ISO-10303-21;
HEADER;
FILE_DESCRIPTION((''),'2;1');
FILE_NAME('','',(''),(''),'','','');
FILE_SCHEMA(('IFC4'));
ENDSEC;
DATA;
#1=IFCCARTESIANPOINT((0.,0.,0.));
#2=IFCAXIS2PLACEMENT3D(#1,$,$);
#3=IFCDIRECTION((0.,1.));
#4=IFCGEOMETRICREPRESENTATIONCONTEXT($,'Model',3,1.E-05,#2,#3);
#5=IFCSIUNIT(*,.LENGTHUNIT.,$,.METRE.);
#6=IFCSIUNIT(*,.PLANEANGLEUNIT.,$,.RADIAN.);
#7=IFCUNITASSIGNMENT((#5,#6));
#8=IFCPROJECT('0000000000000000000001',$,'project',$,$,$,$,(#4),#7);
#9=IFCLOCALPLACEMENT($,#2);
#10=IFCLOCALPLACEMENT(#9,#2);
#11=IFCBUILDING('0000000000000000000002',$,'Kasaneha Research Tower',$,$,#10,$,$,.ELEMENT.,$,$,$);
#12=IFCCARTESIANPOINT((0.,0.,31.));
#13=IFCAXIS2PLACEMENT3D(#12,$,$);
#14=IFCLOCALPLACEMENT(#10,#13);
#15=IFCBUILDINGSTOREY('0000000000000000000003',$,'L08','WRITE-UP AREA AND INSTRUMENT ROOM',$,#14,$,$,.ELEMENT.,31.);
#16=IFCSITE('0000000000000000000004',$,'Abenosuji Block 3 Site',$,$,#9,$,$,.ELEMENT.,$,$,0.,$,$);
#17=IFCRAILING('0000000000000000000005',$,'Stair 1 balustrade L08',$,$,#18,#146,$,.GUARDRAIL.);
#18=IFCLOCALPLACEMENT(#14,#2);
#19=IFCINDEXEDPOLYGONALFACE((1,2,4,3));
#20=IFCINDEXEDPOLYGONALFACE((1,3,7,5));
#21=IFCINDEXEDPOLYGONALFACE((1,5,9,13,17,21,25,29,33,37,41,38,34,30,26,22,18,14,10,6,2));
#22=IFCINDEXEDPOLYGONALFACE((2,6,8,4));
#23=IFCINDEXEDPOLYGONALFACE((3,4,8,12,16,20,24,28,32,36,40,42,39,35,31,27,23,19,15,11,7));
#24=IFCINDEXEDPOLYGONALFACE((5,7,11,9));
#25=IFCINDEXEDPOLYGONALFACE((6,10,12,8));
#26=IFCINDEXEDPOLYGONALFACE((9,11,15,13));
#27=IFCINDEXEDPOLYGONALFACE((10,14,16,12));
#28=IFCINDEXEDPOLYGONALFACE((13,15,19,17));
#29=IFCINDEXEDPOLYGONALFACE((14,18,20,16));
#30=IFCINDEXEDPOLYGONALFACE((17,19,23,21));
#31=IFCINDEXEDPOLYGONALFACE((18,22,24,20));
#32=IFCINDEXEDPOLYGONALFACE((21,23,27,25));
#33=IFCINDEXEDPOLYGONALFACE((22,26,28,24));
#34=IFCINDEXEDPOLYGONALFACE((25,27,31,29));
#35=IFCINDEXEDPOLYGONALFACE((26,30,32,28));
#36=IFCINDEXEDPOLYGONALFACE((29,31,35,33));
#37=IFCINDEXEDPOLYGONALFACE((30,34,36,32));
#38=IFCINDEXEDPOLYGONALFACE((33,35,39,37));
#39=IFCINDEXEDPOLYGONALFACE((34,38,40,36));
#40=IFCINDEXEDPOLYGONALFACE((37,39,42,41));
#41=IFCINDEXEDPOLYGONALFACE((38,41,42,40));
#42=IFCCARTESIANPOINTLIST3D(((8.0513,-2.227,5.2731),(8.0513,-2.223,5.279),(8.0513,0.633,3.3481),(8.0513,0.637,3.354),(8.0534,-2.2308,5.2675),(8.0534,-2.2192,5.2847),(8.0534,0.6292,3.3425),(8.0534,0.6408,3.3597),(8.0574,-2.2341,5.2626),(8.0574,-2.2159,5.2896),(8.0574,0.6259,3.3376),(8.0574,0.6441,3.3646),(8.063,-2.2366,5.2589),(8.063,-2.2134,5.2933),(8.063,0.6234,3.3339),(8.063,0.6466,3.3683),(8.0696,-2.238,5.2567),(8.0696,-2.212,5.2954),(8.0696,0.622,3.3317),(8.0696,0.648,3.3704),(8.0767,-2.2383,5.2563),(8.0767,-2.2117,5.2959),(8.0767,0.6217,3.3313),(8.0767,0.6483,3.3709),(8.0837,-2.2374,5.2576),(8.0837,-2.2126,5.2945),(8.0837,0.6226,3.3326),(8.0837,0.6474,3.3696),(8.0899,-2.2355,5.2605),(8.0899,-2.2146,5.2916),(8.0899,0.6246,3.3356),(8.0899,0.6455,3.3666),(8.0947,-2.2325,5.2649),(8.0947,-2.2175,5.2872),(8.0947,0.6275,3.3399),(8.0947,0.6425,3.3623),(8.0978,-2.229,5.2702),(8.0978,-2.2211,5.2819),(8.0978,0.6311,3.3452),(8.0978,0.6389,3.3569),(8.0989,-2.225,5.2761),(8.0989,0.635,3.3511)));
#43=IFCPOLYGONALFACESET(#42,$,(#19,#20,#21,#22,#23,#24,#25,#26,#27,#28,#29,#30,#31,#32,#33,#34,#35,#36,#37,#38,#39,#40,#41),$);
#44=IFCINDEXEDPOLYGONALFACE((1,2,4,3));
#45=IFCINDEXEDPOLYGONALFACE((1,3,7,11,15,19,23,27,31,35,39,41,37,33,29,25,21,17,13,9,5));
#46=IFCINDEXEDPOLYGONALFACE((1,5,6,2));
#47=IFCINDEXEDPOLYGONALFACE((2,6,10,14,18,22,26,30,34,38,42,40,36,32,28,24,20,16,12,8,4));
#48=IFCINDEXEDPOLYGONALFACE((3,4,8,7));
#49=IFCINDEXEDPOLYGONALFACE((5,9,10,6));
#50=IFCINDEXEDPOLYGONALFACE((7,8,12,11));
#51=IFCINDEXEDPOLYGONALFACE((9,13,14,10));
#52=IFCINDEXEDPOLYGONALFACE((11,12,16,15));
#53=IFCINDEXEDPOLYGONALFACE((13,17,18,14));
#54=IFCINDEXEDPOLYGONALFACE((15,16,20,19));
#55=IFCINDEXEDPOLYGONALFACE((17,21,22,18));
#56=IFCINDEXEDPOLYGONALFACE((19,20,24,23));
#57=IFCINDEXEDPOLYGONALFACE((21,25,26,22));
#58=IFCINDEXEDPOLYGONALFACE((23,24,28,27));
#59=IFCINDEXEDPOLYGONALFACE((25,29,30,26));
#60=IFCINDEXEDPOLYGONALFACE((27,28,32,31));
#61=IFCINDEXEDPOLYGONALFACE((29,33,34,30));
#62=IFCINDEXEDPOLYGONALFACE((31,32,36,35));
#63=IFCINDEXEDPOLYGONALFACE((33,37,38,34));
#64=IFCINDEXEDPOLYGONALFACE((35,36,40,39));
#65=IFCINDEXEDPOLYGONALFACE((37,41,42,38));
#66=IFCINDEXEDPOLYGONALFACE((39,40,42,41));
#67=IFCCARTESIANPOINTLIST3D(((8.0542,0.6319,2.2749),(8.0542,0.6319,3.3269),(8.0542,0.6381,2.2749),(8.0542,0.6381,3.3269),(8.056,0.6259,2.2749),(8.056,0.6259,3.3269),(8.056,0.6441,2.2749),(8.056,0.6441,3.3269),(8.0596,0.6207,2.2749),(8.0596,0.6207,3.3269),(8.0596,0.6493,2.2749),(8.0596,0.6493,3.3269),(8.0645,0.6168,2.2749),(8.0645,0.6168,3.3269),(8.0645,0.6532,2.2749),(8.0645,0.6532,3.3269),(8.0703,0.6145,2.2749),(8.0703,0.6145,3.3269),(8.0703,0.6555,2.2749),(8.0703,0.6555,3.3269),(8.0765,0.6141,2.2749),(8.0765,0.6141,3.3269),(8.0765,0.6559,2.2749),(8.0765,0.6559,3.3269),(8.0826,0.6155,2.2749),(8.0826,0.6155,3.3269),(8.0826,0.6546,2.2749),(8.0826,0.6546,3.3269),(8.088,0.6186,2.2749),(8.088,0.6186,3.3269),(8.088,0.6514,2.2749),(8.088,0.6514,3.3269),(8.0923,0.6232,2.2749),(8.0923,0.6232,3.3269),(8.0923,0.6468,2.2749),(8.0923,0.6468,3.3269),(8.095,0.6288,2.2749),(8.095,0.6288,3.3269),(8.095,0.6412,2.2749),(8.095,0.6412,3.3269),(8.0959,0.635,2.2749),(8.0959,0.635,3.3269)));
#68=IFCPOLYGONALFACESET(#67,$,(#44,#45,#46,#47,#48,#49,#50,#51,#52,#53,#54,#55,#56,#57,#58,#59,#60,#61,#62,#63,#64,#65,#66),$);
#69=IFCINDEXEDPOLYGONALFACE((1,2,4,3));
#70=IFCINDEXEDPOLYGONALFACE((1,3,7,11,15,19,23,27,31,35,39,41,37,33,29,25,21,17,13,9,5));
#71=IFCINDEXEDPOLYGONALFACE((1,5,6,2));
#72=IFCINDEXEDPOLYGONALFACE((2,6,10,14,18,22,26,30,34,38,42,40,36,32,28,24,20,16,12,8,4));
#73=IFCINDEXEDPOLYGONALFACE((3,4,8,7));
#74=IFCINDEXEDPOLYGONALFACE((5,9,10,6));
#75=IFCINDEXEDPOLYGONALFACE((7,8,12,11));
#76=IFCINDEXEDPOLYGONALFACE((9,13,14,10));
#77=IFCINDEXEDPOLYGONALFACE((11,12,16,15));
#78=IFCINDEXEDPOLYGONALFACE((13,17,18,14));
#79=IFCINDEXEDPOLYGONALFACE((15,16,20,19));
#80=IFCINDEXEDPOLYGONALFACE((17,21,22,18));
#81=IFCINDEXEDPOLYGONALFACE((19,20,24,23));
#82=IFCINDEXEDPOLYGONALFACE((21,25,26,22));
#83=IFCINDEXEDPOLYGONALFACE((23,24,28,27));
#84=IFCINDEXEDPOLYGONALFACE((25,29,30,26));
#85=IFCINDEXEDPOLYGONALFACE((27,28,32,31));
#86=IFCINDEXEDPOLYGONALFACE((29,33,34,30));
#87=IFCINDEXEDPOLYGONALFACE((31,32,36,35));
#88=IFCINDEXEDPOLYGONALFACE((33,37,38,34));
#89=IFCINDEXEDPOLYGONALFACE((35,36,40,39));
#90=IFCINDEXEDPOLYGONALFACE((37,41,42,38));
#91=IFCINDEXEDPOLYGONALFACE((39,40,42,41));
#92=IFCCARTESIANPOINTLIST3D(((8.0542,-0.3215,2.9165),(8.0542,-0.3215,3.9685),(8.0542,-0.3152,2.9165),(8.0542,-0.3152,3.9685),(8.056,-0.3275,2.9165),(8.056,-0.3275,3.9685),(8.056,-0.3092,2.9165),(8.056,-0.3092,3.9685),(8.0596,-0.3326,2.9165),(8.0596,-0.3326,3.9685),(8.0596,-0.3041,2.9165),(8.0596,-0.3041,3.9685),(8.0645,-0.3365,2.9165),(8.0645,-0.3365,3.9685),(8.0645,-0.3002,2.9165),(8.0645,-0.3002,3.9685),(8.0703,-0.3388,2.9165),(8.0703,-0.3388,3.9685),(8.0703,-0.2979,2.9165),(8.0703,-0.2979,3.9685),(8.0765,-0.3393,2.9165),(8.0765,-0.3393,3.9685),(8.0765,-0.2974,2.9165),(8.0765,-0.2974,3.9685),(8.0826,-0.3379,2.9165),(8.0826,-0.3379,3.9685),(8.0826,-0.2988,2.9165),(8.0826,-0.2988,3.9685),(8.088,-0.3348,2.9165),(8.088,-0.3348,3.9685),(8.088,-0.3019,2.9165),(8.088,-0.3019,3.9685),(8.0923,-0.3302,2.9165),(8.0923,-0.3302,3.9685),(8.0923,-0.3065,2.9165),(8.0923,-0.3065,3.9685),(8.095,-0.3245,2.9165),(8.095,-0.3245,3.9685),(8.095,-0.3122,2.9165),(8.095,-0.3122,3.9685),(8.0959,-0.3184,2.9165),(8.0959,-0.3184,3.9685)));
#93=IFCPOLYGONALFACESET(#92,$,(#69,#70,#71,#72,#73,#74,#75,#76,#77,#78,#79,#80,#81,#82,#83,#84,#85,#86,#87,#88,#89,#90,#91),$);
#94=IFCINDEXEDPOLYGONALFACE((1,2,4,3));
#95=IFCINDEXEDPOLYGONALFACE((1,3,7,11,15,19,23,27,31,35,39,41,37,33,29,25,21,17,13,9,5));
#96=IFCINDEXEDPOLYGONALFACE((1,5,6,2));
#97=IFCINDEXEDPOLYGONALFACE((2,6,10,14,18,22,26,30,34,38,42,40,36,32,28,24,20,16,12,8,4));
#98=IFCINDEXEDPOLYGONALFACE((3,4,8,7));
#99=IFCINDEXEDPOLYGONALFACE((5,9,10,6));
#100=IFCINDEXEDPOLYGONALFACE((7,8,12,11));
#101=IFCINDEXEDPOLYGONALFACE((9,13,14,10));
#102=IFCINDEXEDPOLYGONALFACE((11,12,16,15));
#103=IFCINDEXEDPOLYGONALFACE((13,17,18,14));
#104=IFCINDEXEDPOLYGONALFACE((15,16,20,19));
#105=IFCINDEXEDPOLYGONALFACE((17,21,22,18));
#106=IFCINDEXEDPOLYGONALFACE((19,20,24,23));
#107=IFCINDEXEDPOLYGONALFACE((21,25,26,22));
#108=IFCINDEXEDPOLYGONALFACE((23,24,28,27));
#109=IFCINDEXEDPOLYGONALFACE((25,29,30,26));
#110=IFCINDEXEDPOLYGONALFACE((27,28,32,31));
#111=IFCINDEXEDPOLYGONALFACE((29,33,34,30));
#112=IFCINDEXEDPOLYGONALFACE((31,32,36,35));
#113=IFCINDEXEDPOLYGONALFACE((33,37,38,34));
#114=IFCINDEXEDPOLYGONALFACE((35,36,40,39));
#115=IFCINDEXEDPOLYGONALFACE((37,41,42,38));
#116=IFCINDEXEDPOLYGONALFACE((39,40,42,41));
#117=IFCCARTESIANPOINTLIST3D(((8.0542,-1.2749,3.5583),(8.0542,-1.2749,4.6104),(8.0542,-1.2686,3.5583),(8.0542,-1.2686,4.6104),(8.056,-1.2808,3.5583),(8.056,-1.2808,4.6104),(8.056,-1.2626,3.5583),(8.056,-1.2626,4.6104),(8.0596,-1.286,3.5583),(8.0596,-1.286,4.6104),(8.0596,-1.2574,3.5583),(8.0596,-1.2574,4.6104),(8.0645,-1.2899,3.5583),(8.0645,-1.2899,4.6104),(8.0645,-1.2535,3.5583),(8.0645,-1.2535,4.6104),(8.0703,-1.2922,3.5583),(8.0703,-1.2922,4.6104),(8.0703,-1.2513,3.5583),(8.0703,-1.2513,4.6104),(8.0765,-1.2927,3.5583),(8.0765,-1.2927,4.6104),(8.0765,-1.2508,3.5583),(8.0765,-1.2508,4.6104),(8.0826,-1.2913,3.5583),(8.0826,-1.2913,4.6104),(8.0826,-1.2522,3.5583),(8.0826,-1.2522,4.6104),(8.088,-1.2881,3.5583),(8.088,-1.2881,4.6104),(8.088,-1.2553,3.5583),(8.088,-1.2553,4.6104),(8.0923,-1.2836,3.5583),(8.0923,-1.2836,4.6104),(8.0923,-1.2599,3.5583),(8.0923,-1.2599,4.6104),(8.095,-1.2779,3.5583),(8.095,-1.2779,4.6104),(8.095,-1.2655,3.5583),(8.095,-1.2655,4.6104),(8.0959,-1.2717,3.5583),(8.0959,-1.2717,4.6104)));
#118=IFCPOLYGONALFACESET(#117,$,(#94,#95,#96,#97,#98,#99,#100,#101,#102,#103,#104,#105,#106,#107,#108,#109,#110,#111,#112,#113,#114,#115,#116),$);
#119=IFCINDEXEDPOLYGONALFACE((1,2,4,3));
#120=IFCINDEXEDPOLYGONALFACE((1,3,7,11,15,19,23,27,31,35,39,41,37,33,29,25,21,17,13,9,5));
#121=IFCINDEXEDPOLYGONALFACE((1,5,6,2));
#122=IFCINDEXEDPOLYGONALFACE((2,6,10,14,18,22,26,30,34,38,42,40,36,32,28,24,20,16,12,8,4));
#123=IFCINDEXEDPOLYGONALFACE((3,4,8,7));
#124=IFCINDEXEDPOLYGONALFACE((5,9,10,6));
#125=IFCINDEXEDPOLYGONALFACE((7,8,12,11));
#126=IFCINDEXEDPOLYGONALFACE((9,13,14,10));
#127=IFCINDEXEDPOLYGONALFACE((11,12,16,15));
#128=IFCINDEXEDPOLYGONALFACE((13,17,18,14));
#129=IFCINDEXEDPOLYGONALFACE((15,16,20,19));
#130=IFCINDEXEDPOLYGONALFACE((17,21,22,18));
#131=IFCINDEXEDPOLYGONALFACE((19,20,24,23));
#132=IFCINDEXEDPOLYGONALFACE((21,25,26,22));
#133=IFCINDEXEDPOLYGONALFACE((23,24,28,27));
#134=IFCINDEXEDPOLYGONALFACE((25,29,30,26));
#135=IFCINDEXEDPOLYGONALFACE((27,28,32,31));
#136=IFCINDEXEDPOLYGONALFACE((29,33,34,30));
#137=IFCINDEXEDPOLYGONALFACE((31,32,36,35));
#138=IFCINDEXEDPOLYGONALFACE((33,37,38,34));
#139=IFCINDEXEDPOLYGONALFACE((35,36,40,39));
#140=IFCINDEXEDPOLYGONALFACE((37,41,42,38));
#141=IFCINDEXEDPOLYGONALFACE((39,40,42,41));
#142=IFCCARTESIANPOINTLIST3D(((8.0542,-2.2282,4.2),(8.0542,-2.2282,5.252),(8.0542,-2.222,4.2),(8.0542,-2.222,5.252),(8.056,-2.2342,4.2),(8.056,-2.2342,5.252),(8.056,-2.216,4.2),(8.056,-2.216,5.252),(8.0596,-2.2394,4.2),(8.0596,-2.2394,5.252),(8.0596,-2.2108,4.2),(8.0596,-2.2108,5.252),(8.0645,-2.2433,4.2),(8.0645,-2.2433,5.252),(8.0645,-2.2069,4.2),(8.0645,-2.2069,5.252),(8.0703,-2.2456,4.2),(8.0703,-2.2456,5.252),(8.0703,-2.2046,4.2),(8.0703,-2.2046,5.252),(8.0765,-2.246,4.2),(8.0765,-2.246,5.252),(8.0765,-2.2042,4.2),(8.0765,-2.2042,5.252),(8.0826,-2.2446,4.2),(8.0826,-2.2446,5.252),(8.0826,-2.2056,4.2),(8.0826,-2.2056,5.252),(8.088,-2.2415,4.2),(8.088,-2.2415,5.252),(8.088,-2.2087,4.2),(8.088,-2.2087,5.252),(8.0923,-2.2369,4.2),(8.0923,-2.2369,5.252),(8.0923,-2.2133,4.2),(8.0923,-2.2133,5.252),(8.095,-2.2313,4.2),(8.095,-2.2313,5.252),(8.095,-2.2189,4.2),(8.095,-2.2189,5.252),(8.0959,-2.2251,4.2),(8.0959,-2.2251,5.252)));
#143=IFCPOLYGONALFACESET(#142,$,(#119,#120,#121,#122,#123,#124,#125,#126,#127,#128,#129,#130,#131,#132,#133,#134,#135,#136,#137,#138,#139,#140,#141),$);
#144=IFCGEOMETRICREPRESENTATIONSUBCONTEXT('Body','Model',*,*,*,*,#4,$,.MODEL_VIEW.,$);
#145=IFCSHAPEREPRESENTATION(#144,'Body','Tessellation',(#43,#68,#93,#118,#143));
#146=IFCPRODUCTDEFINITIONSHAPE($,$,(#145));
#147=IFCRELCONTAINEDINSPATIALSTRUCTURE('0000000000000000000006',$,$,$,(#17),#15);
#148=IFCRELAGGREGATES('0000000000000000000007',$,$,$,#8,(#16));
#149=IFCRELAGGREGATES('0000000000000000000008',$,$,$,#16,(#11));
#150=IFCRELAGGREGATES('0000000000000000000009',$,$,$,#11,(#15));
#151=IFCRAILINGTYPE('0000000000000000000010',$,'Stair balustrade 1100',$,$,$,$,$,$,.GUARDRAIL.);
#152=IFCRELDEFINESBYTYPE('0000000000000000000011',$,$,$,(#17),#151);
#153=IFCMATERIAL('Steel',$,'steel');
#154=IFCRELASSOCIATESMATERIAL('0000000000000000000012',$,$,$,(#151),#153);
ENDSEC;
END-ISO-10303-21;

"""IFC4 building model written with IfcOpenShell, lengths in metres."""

from ifc_helpers import new_model, si_unit, direction, frame, origin, origin_2d, place, context, subcontext, project, spatial, circle, extrude, material, type_object, element, save


model = new_model("IFC4")

# Units and contexts
model_context = context("Model", 3, precision=1e-05, world=origin(), true_north=direction((0.0, 1.0)))
body_context = subcontext(model_context, "Body", "Model", "MODEL_VIEW")
ifc_project = project(units=[si_unit("LENGTHUNIT", "METRE"), si_unit("PLANEANGLEUNIT", "RADIAN")], contexts=[model_context])

# Site, building, storey
site_placement = place(None, origin())
site = spatial("IfcSite", under=ifc_project, at=site_placement, Name="Abenosuji Block 3 Site", CompositionType="ELEMENT", RefElevation=0.0)
building_placement = place(site_placement, origin())
building = spatial("IfcBuilding", under=site, at=building_placement, Name="Kasaneha Research Tower", CompositionType="ELEMENT")
storey_placement = place(building_placement, frame((0.0, 0.0, 31.0)))
storey = spatial("IfcBuildingStorey", under=building, at=storey_placement, Name="L08", Description="WRITE-UP AREA AND INSTRUMENT ROOM", CompositionType="ELEMENT", Elevation=31.0)

# Railing
ifc_material_1 = material(Name="Steel", Category="steel")
railing_type_1 = type_object("IfcRailingType", Name="Stair balustrade 1100", PredefinedType="GUARDRAIL", material=ifc_material_1)
railing_1_placement = place(storey_placement, frame((8.075, 0.635, 2.2749)))
element("IfcRailing", 1, at=railing_1_placement, inside=storey, type_object=railing_type_1, Name="Stair 1 balustrade L08", PredefinedType="GUARDRAIL", context=body_context, shape_type="SweptSolid", body=[
    extrude(circle(Radius=0.0239, at=origin_2d()), frame((0.0, 0.0, 1.0762), z_axis=(0.0, -0.829591, 0.558372), x_axis=(1.0, 0.0, 0.0)), (0.0, 0.0, 1.0), 3.4475),
    extrude(circle(Radius=0.021, at=origin_2d()), origin(), (0.0, 0.0, 1.0), 1.052),
    extrude(circle(Radius=0.021, at=origin_2d()), frame((0.0, -0.9534, 0.6416)), (0.0, 0.0, 1.0), 1.052),
    extrude(circle(Radius=0.021, at=origin_2d()), frame((0.0, -1.9067, 1.2834)), (0.0, 0.0, 1.0), 1.052),
    extrude(circle(Radius=0.021, at=origin_2d()), frame((0.0, -2.8601, 1.925)), (0.0, 0.0, 1.0), 1.052),
])

save(model, "model.ifc")
